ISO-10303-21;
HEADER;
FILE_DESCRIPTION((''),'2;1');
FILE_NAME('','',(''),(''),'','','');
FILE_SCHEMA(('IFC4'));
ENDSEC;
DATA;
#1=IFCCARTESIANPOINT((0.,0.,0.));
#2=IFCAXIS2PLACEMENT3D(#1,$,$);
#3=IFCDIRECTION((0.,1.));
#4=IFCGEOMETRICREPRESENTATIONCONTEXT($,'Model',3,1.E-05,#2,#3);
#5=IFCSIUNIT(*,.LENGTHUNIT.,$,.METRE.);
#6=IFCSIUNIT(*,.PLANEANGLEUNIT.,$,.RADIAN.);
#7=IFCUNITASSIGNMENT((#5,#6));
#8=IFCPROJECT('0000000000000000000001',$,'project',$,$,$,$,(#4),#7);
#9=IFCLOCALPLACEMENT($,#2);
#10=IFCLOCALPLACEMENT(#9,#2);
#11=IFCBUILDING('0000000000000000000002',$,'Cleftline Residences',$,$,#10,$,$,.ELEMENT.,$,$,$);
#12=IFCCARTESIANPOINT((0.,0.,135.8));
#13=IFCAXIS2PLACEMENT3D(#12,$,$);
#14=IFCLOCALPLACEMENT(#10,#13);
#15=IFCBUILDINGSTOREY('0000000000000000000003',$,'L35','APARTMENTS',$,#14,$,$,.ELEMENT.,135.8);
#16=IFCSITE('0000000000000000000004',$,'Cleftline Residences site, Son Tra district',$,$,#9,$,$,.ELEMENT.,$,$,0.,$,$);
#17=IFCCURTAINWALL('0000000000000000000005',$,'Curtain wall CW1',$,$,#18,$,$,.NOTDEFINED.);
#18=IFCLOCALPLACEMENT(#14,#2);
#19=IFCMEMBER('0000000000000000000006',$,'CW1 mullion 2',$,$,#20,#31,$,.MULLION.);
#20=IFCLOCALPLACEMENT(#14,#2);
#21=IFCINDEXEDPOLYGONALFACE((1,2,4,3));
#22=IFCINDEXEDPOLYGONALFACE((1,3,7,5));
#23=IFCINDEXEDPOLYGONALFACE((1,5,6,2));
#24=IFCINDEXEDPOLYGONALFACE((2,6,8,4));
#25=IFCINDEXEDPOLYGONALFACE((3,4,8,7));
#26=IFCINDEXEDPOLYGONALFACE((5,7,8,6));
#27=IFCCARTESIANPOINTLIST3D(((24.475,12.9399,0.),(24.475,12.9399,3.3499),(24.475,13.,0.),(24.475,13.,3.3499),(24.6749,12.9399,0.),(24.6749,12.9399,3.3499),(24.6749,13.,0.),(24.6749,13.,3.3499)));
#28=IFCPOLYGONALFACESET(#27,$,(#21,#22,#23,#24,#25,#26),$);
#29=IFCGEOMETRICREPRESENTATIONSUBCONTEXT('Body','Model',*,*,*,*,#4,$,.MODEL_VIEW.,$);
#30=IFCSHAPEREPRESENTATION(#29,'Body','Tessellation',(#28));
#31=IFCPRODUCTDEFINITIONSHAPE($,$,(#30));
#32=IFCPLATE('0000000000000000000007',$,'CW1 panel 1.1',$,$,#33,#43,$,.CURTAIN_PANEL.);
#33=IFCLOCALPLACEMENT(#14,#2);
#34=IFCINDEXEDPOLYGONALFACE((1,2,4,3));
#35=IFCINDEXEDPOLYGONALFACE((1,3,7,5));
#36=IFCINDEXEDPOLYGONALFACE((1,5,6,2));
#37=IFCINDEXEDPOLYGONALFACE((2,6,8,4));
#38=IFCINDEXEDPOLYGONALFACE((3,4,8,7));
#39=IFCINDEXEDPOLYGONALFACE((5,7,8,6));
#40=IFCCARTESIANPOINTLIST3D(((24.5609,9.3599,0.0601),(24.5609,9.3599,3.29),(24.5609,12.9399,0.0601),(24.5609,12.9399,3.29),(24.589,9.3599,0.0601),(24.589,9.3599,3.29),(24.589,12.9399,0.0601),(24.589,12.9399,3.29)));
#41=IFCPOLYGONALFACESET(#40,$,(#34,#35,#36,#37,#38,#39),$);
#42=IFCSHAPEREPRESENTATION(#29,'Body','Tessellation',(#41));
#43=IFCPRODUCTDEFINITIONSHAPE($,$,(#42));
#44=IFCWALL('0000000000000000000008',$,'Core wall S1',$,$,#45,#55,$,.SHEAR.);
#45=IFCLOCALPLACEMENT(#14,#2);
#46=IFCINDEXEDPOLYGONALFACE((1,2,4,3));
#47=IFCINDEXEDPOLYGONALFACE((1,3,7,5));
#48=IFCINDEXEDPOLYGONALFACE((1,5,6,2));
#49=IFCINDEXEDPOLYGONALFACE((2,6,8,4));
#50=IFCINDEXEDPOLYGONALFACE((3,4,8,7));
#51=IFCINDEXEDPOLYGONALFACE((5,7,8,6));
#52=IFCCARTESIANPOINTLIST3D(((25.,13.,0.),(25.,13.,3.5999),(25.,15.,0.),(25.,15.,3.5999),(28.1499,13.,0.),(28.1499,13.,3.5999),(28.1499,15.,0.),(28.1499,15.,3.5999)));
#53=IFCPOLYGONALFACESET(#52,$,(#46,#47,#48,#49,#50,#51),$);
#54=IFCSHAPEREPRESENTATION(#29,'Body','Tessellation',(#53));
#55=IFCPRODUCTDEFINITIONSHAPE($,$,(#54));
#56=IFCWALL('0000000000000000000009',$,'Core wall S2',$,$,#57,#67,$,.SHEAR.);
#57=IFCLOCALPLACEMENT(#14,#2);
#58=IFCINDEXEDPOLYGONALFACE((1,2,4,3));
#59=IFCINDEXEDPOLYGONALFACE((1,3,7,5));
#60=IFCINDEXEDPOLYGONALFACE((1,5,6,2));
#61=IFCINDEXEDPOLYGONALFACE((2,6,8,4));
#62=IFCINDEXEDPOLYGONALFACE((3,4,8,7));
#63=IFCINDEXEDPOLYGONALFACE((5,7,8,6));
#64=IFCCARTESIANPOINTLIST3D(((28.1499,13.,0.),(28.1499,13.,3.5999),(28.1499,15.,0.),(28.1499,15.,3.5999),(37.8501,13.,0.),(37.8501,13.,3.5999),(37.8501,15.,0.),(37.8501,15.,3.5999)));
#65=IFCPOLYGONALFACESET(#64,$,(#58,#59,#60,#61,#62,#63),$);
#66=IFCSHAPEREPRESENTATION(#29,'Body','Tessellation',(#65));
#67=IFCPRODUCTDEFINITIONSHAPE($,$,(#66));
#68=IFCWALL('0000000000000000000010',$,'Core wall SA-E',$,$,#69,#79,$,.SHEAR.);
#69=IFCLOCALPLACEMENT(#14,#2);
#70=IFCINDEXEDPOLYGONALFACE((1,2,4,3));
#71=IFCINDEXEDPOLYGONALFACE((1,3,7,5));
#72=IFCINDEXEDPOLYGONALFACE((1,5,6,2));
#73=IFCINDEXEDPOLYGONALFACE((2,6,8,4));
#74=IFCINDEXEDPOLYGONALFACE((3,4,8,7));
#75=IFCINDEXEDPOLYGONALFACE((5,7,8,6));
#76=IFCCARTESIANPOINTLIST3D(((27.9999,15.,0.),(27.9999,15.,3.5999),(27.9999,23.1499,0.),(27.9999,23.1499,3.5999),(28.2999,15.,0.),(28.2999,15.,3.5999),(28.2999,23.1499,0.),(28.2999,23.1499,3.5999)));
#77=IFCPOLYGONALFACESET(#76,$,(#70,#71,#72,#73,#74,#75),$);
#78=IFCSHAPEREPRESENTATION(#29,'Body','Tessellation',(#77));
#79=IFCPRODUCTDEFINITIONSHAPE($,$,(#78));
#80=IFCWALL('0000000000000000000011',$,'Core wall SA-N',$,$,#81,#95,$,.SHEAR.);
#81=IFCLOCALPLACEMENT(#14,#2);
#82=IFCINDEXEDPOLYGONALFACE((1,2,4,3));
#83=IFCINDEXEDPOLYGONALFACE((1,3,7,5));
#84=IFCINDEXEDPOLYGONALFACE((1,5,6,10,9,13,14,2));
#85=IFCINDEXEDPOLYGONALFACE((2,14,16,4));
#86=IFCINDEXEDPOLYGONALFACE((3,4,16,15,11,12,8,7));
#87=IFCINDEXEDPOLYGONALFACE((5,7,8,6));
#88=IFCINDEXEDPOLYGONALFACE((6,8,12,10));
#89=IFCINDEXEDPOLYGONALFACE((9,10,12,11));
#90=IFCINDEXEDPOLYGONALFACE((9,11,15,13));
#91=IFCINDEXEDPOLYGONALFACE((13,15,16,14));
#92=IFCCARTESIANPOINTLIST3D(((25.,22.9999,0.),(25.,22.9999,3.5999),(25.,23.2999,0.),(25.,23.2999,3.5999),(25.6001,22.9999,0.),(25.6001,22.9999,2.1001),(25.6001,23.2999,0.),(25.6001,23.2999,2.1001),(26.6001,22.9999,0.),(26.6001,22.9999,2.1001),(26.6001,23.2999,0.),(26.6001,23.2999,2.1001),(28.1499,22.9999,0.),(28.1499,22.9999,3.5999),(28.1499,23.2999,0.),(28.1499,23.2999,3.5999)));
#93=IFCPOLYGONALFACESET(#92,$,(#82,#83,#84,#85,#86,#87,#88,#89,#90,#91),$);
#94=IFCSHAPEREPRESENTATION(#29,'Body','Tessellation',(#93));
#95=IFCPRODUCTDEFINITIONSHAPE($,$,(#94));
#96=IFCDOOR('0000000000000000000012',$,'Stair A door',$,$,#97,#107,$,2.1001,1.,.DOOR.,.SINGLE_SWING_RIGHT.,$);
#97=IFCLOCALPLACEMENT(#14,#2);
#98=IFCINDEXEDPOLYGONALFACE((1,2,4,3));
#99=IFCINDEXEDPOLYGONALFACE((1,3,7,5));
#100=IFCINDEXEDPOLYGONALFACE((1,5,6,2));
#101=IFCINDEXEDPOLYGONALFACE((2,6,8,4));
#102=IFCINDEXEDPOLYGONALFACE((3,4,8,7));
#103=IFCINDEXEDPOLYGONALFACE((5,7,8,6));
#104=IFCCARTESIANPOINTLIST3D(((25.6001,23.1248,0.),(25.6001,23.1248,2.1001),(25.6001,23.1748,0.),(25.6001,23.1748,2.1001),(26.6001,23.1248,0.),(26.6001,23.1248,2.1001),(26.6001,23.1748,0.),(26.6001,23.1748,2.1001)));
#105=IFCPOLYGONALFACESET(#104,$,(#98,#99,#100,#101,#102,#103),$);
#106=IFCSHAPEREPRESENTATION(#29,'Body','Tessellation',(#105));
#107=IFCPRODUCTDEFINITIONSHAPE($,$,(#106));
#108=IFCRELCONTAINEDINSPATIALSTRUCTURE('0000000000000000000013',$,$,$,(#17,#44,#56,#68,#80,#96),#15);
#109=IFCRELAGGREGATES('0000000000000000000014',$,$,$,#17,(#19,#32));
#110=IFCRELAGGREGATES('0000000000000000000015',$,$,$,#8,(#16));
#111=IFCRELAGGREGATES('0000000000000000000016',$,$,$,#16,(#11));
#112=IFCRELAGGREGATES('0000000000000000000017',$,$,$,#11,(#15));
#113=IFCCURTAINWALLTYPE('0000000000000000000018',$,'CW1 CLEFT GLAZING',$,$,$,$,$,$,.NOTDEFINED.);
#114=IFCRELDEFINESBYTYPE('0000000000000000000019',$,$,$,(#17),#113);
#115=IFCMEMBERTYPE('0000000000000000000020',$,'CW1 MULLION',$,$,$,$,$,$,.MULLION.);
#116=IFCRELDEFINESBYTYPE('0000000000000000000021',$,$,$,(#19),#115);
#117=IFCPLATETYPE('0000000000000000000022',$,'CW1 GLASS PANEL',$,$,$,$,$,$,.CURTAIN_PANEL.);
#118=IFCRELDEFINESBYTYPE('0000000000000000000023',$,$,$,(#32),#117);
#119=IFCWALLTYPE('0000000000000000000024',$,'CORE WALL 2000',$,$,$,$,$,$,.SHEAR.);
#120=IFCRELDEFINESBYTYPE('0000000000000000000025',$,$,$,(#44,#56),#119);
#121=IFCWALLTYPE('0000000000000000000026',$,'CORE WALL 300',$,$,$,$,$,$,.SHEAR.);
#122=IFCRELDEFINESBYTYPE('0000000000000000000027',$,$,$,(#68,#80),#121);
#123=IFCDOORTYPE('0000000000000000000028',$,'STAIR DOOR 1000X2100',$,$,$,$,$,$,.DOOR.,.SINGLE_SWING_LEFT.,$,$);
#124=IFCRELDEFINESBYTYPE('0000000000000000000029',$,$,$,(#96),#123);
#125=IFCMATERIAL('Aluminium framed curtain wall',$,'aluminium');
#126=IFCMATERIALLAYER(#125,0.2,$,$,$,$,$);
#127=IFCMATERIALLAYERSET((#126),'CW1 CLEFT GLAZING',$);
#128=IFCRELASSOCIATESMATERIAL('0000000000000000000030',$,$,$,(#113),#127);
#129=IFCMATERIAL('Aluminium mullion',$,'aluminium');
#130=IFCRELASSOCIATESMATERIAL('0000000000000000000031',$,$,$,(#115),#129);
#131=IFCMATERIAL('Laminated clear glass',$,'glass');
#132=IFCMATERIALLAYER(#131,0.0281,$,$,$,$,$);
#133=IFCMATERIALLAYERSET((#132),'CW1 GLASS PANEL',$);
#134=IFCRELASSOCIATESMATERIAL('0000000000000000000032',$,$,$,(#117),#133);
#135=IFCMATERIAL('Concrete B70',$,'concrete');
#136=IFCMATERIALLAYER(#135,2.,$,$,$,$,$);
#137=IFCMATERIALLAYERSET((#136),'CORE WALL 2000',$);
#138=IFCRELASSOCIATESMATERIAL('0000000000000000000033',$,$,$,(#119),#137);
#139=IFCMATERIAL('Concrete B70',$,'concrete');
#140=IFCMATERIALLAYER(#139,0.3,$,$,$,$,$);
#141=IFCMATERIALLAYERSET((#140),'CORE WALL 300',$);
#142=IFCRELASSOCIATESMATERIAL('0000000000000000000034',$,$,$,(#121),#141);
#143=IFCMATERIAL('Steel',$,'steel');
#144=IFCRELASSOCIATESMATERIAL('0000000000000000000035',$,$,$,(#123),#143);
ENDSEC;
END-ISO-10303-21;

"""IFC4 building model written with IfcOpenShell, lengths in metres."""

from ifc_helpers import new_model, si_unit, direction, frame, frame_2d, origin, origin_2d, place, context, subcontext, project, spatial, rectangle, extrude, material, layer, layer_set, material_profile, profile_set, type_object, element, fill, aggregate, save


model = new_model("IFC4")

# Units and contexts
model_context = context("Model", 3, precision=1e-05, world=origin(), true_north=direction((0.0, 1.0)))
body_context = subcontext(model_context, "Body", "Model", "MODEL_VIEW")
ifc_project = project(units=[si_unit("LENGTHUNIT", "METRE"), si_unit("PLANEANGLEUNIT", "RADIAN")], contexts=[model_context])

# Site, building, storey
site_placement = place(None, origin())
site = spatial("IfcSite", under=ifc_project, at=site_placement, Name="Cleftline Residences site, Son Tra district", CompositionType="ELEMENT", RefElevation=0.0)
building_placement = place(site_placement, origin())
building = spatial("IfcBuilding", under=site, at=building_placement, Name="Cleftline Residences", CompositionType="ELEMENT")
storey_placement = place(building_placement, frame((0.0, 0.0, 135.8)))
storey = spatial("IfcBuildingStorey", under=building, at=storey_placement, Name="L35", Description="APARTMENTS", CompositionType="ELEMENT", Elevation=135.8)

# Curtain wall, member, plate
ifc_material_1 = material(Name="Aluminium framed curtain wall", Category="aluminium")
ifc_layer_1 = layer(ifc_material_1, 0.2)
ifc_layer_set_1 = layer_set([ifc_layer_1], Name="CW1 CLEFT GLAZING")
curtain_wall_type = type_object("IfcCurtainWallType", Name="CW1 CLEFT GLAZING", PredefinedType="NOTDEFINED", material=ifc_layer_set_1)
curtain_wall_placement = place(storey_placement, origin())
curtain_wall = element("IfcCurtainWall", 1, at=curtain_wall_placement, inside=storey, type_object=curtain_wall_type, Name="Curtain wall CW1", PredefinedType="NOTDEFINED")
ifc_material_2 = material(Name="Aluminium mullion", Category="aluminium")
ifc_material_profile = material_profile(ifc_material_2, rectangle(XDim=0.2, YDim=0.0601, at=origin_2d()))
ifc_profile_set = profile_set([ifc_material_profile], Name="Aluminium mullion")
member_type = type_object("IfcMemberType", Name="CW1 MULLION", PredefinedType="MULLION", material=ifc_profile_set)
member_placement = place(storey_placement, frame((24.575, 12.97, 0.0), z_axis=(0.0, 0.0, 1.0), x_axis=(-1.0, 0.0, 0.0)))
member = element("IfcMember", 2, at=member_placement, type_object=member_type, Name="CW1 mullion 2", PredefinedType="MULLION", context=body_context, shape_type="SweptSolid", body=[
    extrude(rectangle(XDim=0.2, YDim=0.0601, at=origin_2d()), origin(), (0.0, 0.0, 1.0), 3.3499),
])
ifc_material_3 = material(Name="Laminated clear glass", Category="glass")
ifc_layer_2 = layer(ifc_material_3, 0.0281)
ifc_layer_set_2 = layer_set([ifc_layer_2], Name="CW1 GLASS PANEL")
plate_type = type_object("IfcPlateType", Name="CW1 GLASS PANEL", PredefinedType="CURTAIN_PANEL", material=ifc_layer_set_2)
plate_placement = place(storey_placement, frame((24.575, 11.1499, 0.0601), z_axis=(0.0, 0.0, 1.0), x_axis=(0.0, 1.0, 0.0)))
plate = element("IfcPlate", 3, at=plate_placement, type_object=plate_type, Name="CW1 panel 1.1", PredefinedType="CURTAIN_PANEL", context=body_context, shape_type="SweptSolid", body=[
    extrude(rectangle(XDim=3.5801, YDim=0.0281, at=origin_2d()), origin(), (0.0, 0.0, 1.0), 3.23),
])
aggregate(curtain_wall, [member, plate])

# Walls
ifc_material_4 = material(Name="Concrete B70", Category="concrete")
ifc_layer_3 = layer(ifc_material_4, 2.0)
ifc_layer_set_3 = layer_set([ifc_layer_3], Name="CORE WALL 2000")
wall_type_1 = type_object("IfcWallType", Name="CORE WALL 2000", PredefinedType="SHEAR", material=ifc_layer_set_3)
wall_1_placement = place(storey_placement, frame((25.0, 14.0, 0.0), z_axis=(0.0, 0.0, 1.0), x_axis=(1.0, 0.0, 0.0)))
element("IfcWall", 4, at=wall_1_placement, inside=storey, type_object=wall_type_1, Name="Core wall S1", PredefinedType="SHEAR", context=body_context, shape_type="SweptSolid", body=[
    extrude(rectangle(XDim=3.1499, YDim=2.0, at=frame_2d((1.575, 0.0))), origin(), (0.0, 0.0, 1.0), 3.5999),
])
wall_2_placement = place(storey_placement, frame((28.1499, 14.0, 0.0), z_axis=(0.0, 0.0, 1.0), x_axis=(1.0, 0.0, 0.0)))
element("IfcWall", 5, at=wall_2_placement, inside=storey, type_object=wall_type_1, Name="Core wall S2", PredefinedType="SHEAR", context=body_context, shape_type="SweptSolid", body=[
    extrude(rectangle(XDim=9.7002, YDim=2.0, at=frame_2d((4.8501, 0.0))), origin(), (0.0, 0.0, 1.0), 3.5999),
])
ifc_material_5 = material(Name="Concrete B70", Category="concrete")
ifc_layer_4 = layer(ifc_material_5, 0.3)
ifc_layer_set_4 = layer_set([ifc_layer_4], Name="CORE WALL 300")
wall_type_2 = type_object("IfcWallType", Name="CORE WALL 300", PredefinedType="SHEAR", material=ifc_layer_set_4)
wall_3_placement = place(storey_placement, frame((28.1499, 15.0, 0.0), z_axis=(0.0, 0.0, 1.0), x_axis=(0.0, 1.0, 0.0)))
element("IfcWall", 6, at=wall_3_placement, inside=storey, type_object=wall_type_2, Name="Core wall SA-E", PredefinedType="SHEAR", context=body_context, shape_type="SweptSolid", body=[
    extrude(rectangle(XDim=8.1499, YDim=0.3, at=frame_2d((4.075, 0.0))), origin(), (0.0, 0.0, 1.0), 3.5999),
])

# Wall, opening, door
wall_4_placement = place(storey_placement, frame((25.0, 23.1499, 0.0), z_axis=(0.0, 0.0, 1.0), x_axis=(1.0, 0.0, 0.0)))
wall_4 = element("IfcWall", 7, at=wall_4_placement, inside=storey, type_object=wall_type_2, Name="Core wall SA-N", PredefinedType="SHEAR", context=body_context, shape_type="SweptSolid", body=[
    extrude(rectangle(XDim=3.1499, YDim=0.3, at=frame_2d((1.575, 0.0))), origin(), (0.0, 0.0, 1.0), 3.5999),
])
opening_1_placement = place(wall_4_placement, frame((0.6001, 0.0, 0.0)))
opening_1 = element("IfcOpeningElement", 8, at=opening_1_placement, cuts=wall_4, PredefinedType="OPENING", context=body_context, shape_type="SweptSolid", body=[
    extrude(rectangle(XDim=1.0, YDim=2.1001, at=frame_2d((0.5, 1.05))), frame((0.0, 0.1599, 0.0), z_axis=(0.0, -1.0, 0.0), x_axis=(1.0, 0.0, 0.0)), (0.0, 0.0, 1.0), 0.3201),
])
ifc_material_6 = material(Name="Steel", Category="steel")
door_type_1 = type_object("IfcDoorType", Name="STAIR DOOR 1000X2100", OperationType="SINGLE_SWING_LEFT", PredefinedType="DOOR", material=ifc_material_6)
door_1_placement = place(opening_1_placement, origin())
door_1 = element("IfcDoor", 9, at=door_1_placement, inside=storey, type_object=door_type_1, Name="Stair A door", OperationType="SINGLE_SWING_RIGHT", OverallHeight=2.1001, OverallWidth=1.0, PredefinedType="DOOR", context=body_context, shape_type="SweptSolid", body=[
    extrude(rectangle(XDim=1.0, YDim=2.1001, at=frame_2d((0.5, 1.05))), frame((0.0, 0.0249, 0.0), z_axis=(0.0, -1.0, 0.0), x_axis=(1.0, 0.0, 0.0)), (0.0, 0.0, 1.0), 0.05),
])
fill(opening_1, door_1)

save(model, "model.ifc")
